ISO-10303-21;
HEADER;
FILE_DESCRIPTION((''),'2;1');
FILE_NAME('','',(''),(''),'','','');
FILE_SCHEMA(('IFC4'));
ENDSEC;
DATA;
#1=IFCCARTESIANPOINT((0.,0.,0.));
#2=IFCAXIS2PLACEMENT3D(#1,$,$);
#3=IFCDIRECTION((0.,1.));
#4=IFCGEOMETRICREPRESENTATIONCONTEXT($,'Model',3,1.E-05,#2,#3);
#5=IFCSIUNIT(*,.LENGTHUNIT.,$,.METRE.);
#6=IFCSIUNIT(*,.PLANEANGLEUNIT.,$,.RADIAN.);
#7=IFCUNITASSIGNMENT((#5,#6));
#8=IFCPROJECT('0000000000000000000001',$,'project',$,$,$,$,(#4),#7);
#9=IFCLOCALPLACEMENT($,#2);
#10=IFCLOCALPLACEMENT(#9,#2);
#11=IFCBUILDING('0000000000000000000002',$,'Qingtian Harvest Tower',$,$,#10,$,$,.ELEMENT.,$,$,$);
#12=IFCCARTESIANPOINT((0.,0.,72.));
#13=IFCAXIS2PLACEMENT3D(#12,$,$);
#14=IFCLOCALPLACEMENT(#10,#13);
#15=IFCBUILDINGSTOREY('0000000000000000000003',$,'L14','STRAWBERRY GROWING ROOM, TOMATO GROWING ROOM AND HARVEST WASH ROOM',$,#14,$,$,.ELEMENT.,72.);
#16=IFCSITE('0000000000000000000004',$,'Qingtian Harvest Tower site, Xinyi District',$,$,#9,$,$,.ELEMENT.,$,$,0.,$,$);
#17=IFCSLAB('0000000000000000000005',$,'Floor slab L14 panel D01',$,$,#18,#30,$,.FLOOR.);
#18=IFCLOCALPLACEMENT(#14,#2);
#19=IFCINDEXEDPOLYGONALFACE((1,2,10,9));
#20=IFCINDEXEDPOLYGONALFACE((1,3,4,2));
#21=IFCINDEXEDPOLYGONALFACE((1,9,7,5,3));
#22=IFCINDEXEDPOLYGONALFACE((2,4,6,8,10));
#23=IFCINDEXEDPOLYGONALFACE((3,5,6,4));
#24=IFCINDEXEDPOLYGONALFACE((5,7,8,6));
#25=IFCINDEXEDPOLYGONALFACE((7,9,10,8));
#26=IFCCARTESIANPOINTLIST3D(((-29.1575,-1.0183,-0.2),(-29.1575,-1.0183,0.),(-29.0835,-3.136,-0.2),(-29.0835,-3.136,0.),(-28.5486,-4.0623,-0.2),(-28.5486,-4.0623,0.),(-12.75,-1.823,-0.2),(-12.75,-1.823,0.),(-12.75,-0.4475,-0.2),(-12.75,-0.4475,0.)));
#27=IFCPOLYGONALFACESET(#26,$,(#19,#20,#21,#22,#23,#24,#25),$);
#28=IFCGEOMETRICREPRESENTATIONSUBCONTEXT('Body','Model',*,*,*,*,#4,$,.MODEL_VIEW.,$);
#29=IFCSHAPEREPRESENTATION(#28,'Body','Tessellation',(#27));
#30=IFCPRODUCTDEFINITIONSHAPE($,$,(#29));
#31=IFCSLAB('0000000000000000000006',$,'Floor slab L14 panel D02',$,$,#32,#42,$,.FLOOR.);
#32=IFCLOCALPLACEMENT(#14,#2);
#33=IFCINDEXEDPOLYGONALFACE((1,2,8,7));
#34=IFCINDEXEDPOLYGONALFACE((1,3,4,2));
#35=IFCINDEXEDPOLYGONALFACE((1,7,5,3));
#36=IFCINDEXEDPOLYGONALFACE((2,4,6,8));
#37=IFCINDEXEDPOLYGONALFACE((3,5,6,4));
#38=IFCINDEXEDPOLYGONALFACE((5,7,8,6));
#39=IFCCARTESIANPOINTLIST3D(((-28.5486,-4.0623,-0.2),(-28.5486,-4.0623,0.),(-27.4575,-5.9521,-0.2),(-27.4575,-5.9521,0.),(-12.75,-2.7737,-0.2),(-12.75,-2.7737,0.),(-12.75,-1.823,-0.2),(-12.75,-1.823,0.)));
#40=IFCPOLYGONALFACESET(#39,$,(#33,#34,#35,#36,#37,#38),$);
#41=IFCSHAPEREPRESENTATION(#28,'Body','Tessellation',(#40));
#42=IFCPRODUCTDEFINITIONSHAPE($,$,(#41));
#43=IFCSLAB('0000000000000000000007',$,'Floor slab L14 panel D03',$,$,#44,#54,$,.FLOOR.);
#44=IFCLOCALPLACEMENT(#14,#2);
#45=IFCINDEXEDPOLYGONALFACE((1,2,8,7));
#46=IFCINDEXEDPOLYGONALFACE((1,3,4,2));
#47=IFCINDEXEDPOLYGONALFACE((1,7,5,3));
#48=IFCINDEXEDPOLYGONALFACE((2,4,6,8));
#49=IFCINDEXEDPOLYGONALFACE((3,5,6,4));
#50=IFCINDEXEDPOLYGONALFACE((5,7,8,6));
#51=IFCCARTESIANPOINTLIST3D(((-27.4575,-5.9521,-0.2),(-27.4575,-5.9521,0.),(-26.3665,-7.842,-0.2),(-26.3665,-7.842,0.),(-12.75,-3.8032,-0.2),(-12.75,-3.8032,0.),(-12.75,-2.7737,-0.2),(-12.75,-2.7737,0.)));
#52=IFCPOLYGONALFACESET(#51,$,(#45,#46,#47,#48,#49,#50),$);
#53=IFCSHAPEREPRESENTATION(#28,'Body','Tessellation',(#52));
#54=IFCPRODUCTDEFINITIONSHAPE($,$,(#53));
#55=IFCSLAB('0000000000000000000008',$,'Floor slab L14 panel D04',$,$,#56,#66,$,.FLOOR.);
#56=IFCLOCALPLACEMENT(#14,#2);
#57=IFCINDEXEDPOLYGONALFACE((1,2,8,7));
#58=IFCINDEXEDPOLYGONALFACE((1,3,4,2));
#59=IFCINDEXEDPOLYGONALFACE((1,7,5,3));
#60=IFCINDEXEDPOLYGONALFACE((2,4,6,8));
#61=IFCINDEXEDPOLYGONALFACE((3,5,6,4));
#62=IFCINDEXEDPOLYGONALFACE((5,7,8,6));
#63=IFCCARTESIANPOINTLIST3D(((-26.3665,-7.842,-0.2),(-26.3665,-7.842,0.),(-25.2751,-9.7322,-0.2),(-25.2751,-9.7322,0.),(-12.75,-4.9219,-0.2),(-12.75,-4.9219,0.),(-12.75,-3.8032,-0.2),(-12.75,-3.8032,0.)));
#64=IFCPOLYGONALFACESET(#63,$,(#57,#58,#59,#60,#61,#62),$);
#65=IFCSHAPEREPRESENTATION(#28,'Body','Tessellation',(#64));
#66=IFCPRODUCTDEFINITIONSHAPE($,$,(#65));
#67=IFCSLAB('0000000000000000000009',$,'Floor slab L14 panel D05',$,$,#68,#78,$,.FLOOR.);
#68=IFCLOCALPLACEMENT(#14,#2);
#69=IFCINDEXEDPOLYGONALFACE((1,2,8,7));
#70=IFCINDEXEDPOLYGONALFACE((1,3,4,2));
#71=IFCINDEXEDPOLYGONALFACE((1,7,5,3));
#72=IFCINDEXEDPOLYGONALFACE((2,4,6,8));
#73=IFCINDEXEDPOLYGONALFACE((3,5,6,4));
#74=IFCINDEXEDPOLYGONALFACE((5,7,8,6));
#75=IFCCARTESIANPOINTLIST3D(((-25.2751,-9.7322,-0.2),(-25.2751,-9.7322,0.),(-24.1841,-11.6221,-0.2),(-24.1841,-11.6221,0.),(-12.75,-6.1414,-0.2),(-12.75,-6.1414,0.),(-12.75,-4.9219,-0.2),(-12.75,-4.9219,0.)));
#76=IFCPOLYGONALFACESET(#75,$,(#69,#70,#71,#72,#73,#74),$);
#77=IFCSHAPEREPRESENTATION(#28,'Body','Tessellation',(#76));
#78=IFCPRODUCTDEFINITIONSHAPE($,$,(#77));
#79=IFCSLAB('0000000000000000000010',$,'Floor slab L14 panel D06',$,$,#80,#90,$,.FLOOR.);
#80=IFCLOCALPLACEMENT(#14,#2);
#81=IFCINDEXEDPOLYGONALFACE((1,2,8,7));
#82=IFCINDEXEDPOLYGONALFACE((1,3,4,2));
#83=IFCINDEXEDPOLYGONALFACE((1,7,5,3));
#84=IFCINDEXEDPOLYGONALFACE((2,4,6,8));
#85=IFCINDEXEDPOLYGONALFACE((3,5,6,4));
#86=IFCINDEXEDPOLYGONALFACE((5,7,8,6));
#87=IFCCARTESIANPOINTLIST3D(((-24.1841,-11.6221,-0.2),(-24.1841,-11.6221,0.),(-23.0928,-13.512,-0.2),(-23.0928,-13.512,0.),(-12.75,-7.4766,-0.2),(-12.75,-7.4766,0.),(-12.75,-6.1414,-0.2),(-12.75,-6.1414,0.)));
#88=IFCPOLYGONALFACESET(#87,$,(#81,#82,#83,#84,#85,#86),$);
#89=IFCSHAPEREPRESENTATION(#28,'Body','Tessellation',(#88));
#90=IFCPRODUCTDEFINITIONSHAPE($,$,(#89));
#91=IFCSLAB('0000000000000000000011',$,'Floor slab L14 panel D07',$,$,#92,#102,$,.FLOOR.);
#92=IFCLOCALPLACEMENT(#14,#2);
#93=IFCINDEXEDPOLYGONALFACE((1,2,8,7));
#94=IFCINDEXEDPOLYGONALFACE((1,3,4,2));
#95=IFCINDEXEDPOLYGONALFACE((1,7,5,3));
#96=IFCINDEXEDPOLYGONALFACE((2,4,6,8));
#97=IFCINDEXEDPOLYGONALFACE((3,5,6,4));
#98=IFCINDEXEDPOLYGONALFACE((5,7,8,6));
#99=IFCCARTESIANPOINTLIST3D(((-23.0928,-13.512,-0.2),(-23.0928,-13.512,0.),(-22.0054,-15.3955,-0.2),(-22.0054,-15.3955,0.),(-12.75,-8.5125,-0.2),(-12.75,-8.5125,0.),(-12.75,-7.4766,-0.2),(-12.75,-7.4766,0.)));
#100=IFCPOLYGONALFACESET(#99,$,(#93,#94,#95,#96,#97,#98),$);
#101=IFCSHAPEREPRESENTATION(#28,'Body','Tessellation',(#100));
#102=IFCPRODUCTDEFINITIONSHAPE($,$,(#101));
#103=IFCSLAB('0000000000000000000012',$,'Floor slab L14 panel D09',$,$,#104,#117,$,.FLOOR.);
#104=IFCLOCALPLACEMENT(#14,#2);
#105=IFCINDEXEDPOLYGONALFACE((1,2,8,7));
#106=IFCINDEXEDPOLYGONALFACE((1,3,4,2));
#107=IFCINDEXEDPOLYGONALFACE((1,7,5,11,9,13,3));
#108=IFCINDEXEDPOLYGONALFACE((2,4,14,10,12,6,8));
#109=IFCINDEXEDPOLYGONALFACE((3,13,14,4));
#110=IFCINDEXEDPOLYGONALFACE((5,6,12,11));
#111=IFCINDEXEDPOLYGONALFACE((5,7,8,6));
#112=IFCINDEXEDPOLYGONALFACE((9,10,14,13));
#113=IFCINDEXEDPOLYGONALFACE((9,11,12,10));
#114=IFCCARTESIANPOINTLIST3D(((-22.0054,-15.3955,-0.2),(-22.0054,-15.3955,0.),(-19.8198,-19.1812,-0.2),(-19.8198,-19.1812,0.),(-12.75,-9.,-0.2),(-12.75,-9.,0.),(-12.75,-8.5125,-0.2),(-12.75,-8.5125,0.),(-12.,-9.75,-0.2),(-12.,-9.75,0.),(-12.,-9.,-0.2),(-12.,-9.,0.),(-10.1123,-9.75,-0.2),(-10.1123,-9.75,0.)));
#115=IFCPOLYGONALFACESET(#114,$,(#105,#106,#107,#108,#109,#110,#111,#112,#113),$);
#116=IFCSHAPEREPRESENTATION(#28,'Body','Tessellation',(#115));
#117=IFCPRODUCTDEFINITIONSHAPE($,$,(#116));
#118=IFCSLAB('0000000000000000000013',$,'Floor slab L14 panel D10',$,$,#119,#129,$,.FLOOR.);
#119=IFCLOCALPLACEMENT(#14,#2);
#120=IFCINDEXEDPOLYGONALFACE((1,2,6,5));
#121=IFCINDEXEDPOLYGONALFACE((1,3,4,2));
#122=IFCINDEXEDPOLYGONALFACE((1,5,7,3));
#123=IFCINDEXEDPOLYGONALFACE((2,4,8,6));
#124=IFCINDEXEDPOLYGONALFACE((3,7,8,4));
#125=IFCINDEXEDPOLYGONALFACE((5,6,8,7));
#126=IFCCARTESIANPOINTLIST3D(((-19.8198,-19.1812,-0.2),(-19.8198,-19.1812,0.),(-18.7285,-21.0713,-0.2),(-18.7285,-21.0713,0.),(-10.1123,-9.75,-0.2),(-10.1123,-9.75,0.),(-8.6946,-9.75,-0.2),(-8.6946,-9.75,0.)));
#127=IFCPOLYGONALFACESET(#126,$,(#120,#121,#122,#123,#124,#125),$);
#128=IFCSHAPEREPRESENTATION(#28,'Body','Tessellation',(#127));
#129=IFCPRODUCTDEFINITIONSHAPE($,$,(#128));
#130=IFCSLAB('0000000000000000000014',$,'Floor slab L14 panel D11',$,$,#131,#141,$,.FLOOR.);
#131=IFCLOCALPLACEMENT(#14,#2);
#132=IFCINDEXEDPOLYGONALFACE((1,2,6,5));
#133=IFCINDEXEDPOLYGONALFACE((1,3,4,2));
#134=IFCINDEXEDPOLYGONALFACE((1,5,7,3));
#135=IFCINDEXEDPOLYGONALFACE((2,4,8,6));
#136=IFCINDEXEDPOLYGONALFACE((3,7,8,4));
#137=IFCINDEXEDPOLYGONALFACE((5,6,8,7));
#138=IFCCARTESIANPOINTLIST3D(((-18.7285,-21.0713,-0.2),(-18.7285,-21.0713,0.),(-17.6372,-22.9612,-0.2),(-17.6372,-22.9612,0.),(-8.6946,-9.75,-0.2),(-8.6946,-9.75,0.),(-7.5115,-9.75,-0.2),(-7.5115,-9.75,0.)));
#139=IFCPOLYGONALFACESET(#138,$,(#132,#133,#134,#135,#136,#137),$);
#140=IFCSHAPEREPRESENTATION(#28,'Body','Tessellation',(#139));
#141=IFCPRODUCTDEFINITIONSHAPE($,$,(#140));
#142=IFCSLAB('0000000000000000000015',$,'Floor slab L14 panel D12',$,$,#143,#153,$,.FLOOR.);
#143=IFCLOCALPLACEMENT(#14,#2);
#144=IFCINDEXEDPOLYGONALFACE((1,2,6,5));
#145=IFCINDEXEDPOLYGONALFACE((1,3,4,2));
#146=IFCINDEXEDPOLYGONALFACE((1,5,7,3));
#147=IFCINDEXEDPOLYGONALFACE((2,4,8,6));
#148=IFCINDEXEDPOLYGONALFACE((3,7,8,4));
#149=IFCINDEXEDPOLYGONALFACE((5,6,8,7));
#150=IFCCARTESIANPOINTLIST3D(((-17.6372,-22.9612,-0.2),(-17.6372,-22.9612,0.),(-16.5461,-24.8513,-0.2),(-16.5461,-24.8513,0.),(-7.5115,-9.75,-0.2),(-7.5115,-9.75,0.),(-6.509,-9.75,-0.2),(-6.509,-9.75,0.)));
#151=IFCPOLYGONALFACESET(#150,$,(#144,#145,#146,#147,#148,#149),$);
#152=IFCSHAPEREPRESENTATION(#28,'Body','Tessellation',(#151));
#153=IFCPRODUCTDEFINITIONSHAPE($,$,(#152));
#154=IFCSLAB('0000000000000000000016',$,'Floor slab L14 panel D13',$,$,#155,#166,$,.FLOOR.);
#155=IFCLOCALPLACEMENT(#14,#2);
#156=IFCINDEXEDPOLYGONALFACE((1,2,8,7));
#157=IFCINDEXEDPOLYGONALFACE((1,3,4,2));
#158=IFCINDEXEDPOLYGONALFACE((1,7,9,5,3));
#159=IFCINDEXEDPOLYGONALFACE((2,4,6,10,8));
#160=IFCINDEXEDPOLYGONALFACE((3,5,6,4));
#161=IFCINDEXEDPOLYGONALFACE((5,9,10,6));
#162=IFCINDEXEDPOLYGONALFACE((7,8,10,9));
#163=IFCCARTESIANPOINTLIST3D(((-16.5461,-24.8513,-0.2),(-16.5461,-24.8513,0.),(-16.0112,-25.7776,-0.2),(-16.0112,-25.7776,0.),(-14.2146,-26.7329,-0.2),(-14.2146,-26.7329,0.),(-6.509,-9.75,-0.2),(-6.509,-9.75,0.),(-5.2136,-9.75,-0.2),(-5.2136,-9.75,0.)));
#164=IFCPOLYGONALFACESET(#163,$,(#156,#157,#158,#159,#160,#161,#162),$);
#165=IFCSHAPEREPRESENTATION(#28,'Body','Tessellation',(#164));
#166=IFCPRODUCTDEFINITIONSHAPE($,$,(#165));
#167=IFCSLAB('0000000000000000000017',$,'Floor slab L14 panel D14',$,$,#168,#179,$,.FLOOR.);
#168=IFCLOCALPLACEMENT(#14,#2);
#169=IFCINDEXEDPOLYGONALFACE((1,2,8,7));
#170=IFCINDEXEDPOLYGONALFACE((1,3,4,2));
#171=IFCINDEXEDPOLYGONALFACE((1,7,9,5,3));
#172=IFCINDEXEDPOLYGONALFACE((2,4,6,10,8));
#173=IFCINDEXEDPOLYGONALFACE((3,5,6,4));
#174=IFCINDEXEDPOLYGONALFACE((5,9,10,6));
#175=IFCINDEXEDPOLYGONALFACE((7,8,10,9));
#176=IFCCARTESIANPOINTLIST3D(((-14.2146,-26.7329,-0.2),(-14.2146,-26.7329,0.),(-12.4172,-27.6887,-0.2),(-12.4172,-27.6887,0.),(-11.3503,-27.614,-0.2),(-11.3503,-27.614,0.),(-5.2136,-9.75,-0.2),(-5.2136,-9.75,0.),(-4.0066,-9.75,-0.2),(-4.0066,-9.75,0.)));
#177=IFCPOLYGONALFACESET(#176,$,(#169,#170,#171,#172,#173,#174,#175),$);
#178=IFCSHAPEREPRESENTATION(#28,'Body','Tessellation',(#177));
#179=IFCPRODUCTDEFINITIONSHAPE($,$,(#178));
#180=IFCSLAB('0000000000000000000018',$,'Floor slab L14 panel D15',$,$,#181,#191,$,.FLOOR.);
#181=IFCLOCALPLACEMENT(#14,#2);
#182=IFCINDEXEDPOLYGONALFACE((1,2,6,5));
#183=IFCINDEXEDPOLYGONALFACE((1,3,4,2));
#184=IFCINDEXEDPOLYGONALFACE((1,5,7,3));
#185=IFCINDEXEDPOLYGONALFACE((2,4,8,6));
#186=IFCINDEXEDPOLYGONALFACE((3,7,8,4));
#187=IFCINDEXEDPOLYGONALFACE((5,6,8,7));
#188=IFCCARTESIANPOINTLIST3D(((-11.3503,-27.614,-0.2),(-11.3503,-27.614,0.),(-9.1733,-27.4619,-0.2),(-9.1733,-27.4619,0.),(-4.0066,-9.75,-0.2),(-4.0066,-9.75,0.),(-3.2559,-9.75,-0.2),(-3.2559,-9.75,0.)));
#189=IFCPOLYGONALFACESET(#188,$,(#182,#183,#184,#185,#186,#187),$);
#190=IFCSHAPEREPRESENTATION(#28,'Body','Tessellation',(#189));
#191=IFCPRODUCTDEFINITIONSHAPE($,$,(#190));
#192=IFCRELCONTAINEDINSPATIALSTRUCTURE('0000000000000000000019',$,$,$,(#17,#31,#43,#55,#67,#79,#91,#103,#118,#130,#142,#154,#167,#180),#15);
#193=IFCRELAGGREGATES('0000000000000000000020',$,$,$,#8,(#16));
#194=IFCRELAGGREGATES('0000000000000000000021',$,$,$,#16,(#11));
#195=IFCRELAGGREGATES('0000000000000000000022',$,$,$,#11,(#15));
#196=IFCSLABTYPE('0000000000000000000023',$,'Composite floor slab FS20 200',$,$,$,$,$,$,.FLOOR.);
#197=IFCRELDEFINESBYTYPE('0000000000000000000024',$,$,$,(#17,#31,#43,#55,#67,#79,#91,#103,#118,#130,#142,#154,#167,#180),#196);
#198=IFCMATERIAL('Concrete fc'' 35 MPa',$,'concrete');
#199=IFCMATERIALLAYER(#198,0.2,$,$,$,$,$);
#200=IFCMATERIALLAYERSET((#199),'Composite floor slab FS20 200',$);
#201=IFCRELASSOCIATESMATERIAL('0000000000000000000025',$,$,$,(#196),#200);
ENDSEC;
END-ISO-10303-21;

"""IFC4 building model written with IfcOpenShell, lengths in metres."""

from ifc_helpers import new_model, si_unit, direction, frame, origin, place, context, subcontext, project, spatial, polyline, outline, extrude, material, layer, layer_set, type_object, element, save


model = new_model("IFC4")

# Units and contexts
model_context = context("Model", 3, precision=1e-05, world=origin(), true_north=direction((0.0, 1.0)))
body_context = subcontext(model_context, "Body", "Model", "MODEL_VIEW")
ifc_project = project(units=[si_unit("LENGTHUNIT", "METRE"), si_unit("PLANEANGLEUNIT", "RADIAN")], contexts=[model_context])

# Site, building, storey
site_placement = place(None, origin())
site = spatial("IfcSite", under=ifc_project, at=site_placement, Name="Qingtian Harvest Tower site, Xinyi District", CompositionType="ELEMENT", RefElevation=0.0)
building_placement = place(site_placement, origin())
building = spatial("IfcBuilding", under=site, at=building_placement, Name="Qingtian Harvest Tower", CompositionType="ELEMENT")
storey_placement = place(building_placement, frame((0.0, 0.0, 72.0)))
storey = spatial("IfcBuildingStorey", under=building, at=storey_placement, Name="L14", Description="STRAWBERRY GROWING ROOM, TOMATO GROWING ROOM AND HARVEST WASH ROOM", CompositionType="ELEMENT", Elevation=72.0)

# Slabs
ifc_material_1 = material(Name="Concrete fc' 35 MPa", Category="concrete")
ifc_layer_1 = layer(ifc_material_1, 0.2)
ifc_layer_set_1 = layer_set([ifc_layer_1], Name="Composite floor slab FS20 200")
slab_type_1 = type_object("IfcSlabType", Name="Composite floor slab FS20 200", PredefinedType="FLOOR", material=ifc_layer_set_1)
slab_1_placement = place(storey_placement, frame((0.0, 0.0, -0.2)))
element("IfcSlab", 1, at=slab_1_placement, inside=storey, type_object=slab_type_1, Name="Floor slab L14 panel D01", PredefinedType="FLOOR", context=body_context, shape_type="SweptSolid", body=[
    extrude(outline(polyline([(-29.1575, -1.0183), (-12.75, -0.4475), (-12.75, -1.823), (-28.5486, -4.0623), (-29.0835, -3.136), (-29.1575, -1.0183)])), origin(), (0.0, 0.0, 1.0), 0.2),
])
slab_2_placement = place(storey_placement, frame((0.0, 0.0, -0.2)))
element("IfcSlab", 2, at=slab_2_placement, inside=storey, type_object=slab_type_1, Name="Floor slab L14 panel D02", PredefinedType="FLOOR", context=body_context, shape_type="SweptSolid", body=[
    extrude(outline(polyline([(-12.75, -2.7737), (-27.4575, -5.9521), (-28.5486, -4.0623), (-12.75, -1.823), (-12.75, -2.7737)])), origin(), (0.0, 0.0, 1.0), 0.2),
])
slab_3_placement = place(storey_placement, frame((0.0, 0.0, -0.2)))
element("IfcSlab", 3, at=slab_3_placement, inside=storey, type_object=slab_type_1, Name="Floor slab L14 panel D03", PredefinedType="FLOOR", context=body_context, shape_type="SweptSolid", body=[
    extrude(outline(polyline([(-12.75, -3.8032), (-26.3665, -7.842), (-27.4575, -5.9521), (-12.75, -2.7737), (-12.75, -3.8032)])), origin(), (0.0, 0.0, 1.0), 0.2),
])
slab_4_placement = place(storey_placement, frame((0.0, 0.0, -0.2)))
element("IfcSlab", 4, at=slab_4_placement, inside=storey, type_object=slab_type_1, Name="Floor slab L14 panel D04", PredefinedType="FLOOR", context=body_context, shape_type="SweptSolid", body=[
    extrude(outline(polyline([(-12.75, -4.9219), (-25.2751, -9.7322), (-26.3665, -7.842), (-12.75, -3.8032), (-12.75, -4.9219)])), origin(), (0.0, 0.0, 1.0), 0.2),
])
slab_5_placement = place(storey_placement, frame((0.0, 0.0, -0.2)))
element("IfcSlab", 5, at=slab_5_placement, inside=storey, type_object=slab_type_1, Name="Floor slab L14 panel D05", PredefinedType="FLOOR", context=body_context, shape_type="SweptSolid", body=[
    extrude(outline(polyline([(-12.75, -6.1414), (-24.1841, -11.6221), (-25.2751, -9.7322), (-12.75, -4.9219), (-12.75, -6.1414)])), origin(), (0.0, 0.0, 1.0), 0.2),
])
slab_6_placement = place(storey_placement, frame((0.0, 0.0, -0.2)))
element("IfcSlab", 6, at=slab_6_placement, inside=storey, type_object=slab_type_1, Name="Floor slab L14 panel D06", PredefinedType="FLOOR", context=body_context, shape_type="SweptSolid", body=[
    extrude(outline(polyline([(-12.75, -7.4766), (-23.0928, -13.512), (-24.1841, -11.6221), (-12.75, -6.1414), (-12.75, -7.4766)])), origin(), (0.0, 0.0, 1.0), 0.2),
])
slab_7_placement = place(storey_placement, frame((0.0, 0.0, -0.2)))
element("IfcSlab", 7, at=slab_7_placement, inside=storey, type_object=slab_type_1, Name="Floor slab L14 panel D07", PredefinedType="FLOOR", context=body_context, shape_type="SweptSolid", body=[
    extrude(outline(polyline([(-12.75, -8.5125), (-22.0054, -15.3955), (-23.0928, -13.512), (-12.75, -7.4766), (-12.75, -8.5125)])), origin(), (0.0, 0.0, 1.0), 0.2),
])
slab_8_placement = place(storey_placement, frame((0.0, 0.0, -0.2)))
element("IfcSlab", 8, at=slab_8_placement, inside=storey, type_object=slab_type_1, Name="Floor slab L14 panel D09", PredefinedType="FLOOR", context=body_context, shape_type="SweptSolid", body=[
    extrude(outline(polyline([(-19.8198, -19.1812), (-22.0054, -15.3955), (-12.75, -8.5125), (-12.75, -9.0), (-12.0, -9.0), (-12.0, -9.75), (-10.1123, -9.75), (-19.8198, -19.1812)])), origin(), (0.0, 0.0, 1.0), 0.2),
])
slab_9_placement = place(storey_placement, frame((0.0, 0.0, -0.2)))
element("IfcSlab", 9, at=slab_9_placement, inside=storey, type_object=slab_type_1, Name="Floor slab L14 panel D10", PredefinedType="FLOOR", context=body_context, shape_type="SweptSolid", body=[
    extrude(outline(polyline([(-8.6946, -9.75), (-18.7285, -21.0713), (-19.8198, -19.1812), (-10.1123, -9.75), (-8.6946, -9.75)])), origin(), (0.0, 0.0, 1.0), 0.2),
])
slab_10_placement = place(storey_placement, frame((0.0, 0.0, -0.2)))
element("IfcSlab", 10, at=slab_10_placement, inside=storey, type_object=slab_type_1, Name="Floor slab L14 panel D11", PredefinedType="FLOOR", context=body_context, shape_type="SweptSolid", body=[
    extrude(outline(polyline([(-7.5115, -9.75), (-17.6372, -22.9612), (-18.7285, -21.0713), (-8.6946, -9.75), (-7.5115, -9.75)])), origin(), (0.0, 0.0, 1.0), 0.2),
])
slab_11_placement = place(storey_placement, frame((0.0, 0.0, -0.2)))
element("IfcSlab", 11, at=slab_11_placement, inside=storey, type_object=slab_type_1, Name="Floor slab L14 panel D12", PredefinedType="FLOOR", context=body_context, shape_type="SweptSolid", body=[
    extrude(outline(polyline([(-6.509, -9.75), (-16.5461, -24.8513), (-17.6372, -22.9612), (-7.5115, -9.75), (-6.509, -9.75)])), origin(), (0.0, 0.0, 1.0), 0.2),
])
slab_12_placement = place(storey_placement, frame((0.0, 0.0, -0.2)))
element("IfcSlab", 12, at=slab_12_placement, inside=storey, type_object=slab_type_1, Name="Floor slab L14 panel D13", PredefinedType="FLOOR", context=body_context, shape_type="SweptSolid", body=[
    extrude(outline(polyline([(-6.509, -9.75), (-5.2136, -9.75), (-14.2146, -26.7329), (-16.0112, -25.7776), (-16.5461, -24.8513), (-6.509, -9.75)])), origin(), (0.0, 0.0, 1.0), 0.2),
])
slab_13_placement = place(storey_placement, frame((0.0, 0.0, -0.2)))
element("IfcSlab", 13, at=slab_13_placement, inside=storey, type_object=slab_type_1, Name="Floor slab L14 panel D14", PredefinedType="FLOOR", context=body_context, shape_type="SweptSolid", body=[
    extrude(outline(polyline([(-5.2136, -9.75), (-4.0066, -9.75), (-11.3503, -27.614), (-12.4172, -27.6887), (-14.2146, -26.7329), (-5.2136, -9.75)])), origin(), (0.0, 0.0, 1.0), 0.2),
])
slab_14_placement = place(storey_placement, frame((0.0, 0.0, -0.2)))
element("IfcSlab", 14, at=slab_14_placement, inside=storey, type_object=slab_type_1, Name="Floor slab L14 panel D15", PredefinedType="FLOOR", context=body_context, shape_type="SweptSolid", body=[
    extrude(outline(polyline([(-3.2559, -9.75), (-9.1733, -27.4619), (-11.3503, -27.614), (-4.0066, -9.75), (-3.2559, -9.75)])), origin(), (0.0, 0.0, 1.0), 0.2),
])

save(model, "model.ifc")
